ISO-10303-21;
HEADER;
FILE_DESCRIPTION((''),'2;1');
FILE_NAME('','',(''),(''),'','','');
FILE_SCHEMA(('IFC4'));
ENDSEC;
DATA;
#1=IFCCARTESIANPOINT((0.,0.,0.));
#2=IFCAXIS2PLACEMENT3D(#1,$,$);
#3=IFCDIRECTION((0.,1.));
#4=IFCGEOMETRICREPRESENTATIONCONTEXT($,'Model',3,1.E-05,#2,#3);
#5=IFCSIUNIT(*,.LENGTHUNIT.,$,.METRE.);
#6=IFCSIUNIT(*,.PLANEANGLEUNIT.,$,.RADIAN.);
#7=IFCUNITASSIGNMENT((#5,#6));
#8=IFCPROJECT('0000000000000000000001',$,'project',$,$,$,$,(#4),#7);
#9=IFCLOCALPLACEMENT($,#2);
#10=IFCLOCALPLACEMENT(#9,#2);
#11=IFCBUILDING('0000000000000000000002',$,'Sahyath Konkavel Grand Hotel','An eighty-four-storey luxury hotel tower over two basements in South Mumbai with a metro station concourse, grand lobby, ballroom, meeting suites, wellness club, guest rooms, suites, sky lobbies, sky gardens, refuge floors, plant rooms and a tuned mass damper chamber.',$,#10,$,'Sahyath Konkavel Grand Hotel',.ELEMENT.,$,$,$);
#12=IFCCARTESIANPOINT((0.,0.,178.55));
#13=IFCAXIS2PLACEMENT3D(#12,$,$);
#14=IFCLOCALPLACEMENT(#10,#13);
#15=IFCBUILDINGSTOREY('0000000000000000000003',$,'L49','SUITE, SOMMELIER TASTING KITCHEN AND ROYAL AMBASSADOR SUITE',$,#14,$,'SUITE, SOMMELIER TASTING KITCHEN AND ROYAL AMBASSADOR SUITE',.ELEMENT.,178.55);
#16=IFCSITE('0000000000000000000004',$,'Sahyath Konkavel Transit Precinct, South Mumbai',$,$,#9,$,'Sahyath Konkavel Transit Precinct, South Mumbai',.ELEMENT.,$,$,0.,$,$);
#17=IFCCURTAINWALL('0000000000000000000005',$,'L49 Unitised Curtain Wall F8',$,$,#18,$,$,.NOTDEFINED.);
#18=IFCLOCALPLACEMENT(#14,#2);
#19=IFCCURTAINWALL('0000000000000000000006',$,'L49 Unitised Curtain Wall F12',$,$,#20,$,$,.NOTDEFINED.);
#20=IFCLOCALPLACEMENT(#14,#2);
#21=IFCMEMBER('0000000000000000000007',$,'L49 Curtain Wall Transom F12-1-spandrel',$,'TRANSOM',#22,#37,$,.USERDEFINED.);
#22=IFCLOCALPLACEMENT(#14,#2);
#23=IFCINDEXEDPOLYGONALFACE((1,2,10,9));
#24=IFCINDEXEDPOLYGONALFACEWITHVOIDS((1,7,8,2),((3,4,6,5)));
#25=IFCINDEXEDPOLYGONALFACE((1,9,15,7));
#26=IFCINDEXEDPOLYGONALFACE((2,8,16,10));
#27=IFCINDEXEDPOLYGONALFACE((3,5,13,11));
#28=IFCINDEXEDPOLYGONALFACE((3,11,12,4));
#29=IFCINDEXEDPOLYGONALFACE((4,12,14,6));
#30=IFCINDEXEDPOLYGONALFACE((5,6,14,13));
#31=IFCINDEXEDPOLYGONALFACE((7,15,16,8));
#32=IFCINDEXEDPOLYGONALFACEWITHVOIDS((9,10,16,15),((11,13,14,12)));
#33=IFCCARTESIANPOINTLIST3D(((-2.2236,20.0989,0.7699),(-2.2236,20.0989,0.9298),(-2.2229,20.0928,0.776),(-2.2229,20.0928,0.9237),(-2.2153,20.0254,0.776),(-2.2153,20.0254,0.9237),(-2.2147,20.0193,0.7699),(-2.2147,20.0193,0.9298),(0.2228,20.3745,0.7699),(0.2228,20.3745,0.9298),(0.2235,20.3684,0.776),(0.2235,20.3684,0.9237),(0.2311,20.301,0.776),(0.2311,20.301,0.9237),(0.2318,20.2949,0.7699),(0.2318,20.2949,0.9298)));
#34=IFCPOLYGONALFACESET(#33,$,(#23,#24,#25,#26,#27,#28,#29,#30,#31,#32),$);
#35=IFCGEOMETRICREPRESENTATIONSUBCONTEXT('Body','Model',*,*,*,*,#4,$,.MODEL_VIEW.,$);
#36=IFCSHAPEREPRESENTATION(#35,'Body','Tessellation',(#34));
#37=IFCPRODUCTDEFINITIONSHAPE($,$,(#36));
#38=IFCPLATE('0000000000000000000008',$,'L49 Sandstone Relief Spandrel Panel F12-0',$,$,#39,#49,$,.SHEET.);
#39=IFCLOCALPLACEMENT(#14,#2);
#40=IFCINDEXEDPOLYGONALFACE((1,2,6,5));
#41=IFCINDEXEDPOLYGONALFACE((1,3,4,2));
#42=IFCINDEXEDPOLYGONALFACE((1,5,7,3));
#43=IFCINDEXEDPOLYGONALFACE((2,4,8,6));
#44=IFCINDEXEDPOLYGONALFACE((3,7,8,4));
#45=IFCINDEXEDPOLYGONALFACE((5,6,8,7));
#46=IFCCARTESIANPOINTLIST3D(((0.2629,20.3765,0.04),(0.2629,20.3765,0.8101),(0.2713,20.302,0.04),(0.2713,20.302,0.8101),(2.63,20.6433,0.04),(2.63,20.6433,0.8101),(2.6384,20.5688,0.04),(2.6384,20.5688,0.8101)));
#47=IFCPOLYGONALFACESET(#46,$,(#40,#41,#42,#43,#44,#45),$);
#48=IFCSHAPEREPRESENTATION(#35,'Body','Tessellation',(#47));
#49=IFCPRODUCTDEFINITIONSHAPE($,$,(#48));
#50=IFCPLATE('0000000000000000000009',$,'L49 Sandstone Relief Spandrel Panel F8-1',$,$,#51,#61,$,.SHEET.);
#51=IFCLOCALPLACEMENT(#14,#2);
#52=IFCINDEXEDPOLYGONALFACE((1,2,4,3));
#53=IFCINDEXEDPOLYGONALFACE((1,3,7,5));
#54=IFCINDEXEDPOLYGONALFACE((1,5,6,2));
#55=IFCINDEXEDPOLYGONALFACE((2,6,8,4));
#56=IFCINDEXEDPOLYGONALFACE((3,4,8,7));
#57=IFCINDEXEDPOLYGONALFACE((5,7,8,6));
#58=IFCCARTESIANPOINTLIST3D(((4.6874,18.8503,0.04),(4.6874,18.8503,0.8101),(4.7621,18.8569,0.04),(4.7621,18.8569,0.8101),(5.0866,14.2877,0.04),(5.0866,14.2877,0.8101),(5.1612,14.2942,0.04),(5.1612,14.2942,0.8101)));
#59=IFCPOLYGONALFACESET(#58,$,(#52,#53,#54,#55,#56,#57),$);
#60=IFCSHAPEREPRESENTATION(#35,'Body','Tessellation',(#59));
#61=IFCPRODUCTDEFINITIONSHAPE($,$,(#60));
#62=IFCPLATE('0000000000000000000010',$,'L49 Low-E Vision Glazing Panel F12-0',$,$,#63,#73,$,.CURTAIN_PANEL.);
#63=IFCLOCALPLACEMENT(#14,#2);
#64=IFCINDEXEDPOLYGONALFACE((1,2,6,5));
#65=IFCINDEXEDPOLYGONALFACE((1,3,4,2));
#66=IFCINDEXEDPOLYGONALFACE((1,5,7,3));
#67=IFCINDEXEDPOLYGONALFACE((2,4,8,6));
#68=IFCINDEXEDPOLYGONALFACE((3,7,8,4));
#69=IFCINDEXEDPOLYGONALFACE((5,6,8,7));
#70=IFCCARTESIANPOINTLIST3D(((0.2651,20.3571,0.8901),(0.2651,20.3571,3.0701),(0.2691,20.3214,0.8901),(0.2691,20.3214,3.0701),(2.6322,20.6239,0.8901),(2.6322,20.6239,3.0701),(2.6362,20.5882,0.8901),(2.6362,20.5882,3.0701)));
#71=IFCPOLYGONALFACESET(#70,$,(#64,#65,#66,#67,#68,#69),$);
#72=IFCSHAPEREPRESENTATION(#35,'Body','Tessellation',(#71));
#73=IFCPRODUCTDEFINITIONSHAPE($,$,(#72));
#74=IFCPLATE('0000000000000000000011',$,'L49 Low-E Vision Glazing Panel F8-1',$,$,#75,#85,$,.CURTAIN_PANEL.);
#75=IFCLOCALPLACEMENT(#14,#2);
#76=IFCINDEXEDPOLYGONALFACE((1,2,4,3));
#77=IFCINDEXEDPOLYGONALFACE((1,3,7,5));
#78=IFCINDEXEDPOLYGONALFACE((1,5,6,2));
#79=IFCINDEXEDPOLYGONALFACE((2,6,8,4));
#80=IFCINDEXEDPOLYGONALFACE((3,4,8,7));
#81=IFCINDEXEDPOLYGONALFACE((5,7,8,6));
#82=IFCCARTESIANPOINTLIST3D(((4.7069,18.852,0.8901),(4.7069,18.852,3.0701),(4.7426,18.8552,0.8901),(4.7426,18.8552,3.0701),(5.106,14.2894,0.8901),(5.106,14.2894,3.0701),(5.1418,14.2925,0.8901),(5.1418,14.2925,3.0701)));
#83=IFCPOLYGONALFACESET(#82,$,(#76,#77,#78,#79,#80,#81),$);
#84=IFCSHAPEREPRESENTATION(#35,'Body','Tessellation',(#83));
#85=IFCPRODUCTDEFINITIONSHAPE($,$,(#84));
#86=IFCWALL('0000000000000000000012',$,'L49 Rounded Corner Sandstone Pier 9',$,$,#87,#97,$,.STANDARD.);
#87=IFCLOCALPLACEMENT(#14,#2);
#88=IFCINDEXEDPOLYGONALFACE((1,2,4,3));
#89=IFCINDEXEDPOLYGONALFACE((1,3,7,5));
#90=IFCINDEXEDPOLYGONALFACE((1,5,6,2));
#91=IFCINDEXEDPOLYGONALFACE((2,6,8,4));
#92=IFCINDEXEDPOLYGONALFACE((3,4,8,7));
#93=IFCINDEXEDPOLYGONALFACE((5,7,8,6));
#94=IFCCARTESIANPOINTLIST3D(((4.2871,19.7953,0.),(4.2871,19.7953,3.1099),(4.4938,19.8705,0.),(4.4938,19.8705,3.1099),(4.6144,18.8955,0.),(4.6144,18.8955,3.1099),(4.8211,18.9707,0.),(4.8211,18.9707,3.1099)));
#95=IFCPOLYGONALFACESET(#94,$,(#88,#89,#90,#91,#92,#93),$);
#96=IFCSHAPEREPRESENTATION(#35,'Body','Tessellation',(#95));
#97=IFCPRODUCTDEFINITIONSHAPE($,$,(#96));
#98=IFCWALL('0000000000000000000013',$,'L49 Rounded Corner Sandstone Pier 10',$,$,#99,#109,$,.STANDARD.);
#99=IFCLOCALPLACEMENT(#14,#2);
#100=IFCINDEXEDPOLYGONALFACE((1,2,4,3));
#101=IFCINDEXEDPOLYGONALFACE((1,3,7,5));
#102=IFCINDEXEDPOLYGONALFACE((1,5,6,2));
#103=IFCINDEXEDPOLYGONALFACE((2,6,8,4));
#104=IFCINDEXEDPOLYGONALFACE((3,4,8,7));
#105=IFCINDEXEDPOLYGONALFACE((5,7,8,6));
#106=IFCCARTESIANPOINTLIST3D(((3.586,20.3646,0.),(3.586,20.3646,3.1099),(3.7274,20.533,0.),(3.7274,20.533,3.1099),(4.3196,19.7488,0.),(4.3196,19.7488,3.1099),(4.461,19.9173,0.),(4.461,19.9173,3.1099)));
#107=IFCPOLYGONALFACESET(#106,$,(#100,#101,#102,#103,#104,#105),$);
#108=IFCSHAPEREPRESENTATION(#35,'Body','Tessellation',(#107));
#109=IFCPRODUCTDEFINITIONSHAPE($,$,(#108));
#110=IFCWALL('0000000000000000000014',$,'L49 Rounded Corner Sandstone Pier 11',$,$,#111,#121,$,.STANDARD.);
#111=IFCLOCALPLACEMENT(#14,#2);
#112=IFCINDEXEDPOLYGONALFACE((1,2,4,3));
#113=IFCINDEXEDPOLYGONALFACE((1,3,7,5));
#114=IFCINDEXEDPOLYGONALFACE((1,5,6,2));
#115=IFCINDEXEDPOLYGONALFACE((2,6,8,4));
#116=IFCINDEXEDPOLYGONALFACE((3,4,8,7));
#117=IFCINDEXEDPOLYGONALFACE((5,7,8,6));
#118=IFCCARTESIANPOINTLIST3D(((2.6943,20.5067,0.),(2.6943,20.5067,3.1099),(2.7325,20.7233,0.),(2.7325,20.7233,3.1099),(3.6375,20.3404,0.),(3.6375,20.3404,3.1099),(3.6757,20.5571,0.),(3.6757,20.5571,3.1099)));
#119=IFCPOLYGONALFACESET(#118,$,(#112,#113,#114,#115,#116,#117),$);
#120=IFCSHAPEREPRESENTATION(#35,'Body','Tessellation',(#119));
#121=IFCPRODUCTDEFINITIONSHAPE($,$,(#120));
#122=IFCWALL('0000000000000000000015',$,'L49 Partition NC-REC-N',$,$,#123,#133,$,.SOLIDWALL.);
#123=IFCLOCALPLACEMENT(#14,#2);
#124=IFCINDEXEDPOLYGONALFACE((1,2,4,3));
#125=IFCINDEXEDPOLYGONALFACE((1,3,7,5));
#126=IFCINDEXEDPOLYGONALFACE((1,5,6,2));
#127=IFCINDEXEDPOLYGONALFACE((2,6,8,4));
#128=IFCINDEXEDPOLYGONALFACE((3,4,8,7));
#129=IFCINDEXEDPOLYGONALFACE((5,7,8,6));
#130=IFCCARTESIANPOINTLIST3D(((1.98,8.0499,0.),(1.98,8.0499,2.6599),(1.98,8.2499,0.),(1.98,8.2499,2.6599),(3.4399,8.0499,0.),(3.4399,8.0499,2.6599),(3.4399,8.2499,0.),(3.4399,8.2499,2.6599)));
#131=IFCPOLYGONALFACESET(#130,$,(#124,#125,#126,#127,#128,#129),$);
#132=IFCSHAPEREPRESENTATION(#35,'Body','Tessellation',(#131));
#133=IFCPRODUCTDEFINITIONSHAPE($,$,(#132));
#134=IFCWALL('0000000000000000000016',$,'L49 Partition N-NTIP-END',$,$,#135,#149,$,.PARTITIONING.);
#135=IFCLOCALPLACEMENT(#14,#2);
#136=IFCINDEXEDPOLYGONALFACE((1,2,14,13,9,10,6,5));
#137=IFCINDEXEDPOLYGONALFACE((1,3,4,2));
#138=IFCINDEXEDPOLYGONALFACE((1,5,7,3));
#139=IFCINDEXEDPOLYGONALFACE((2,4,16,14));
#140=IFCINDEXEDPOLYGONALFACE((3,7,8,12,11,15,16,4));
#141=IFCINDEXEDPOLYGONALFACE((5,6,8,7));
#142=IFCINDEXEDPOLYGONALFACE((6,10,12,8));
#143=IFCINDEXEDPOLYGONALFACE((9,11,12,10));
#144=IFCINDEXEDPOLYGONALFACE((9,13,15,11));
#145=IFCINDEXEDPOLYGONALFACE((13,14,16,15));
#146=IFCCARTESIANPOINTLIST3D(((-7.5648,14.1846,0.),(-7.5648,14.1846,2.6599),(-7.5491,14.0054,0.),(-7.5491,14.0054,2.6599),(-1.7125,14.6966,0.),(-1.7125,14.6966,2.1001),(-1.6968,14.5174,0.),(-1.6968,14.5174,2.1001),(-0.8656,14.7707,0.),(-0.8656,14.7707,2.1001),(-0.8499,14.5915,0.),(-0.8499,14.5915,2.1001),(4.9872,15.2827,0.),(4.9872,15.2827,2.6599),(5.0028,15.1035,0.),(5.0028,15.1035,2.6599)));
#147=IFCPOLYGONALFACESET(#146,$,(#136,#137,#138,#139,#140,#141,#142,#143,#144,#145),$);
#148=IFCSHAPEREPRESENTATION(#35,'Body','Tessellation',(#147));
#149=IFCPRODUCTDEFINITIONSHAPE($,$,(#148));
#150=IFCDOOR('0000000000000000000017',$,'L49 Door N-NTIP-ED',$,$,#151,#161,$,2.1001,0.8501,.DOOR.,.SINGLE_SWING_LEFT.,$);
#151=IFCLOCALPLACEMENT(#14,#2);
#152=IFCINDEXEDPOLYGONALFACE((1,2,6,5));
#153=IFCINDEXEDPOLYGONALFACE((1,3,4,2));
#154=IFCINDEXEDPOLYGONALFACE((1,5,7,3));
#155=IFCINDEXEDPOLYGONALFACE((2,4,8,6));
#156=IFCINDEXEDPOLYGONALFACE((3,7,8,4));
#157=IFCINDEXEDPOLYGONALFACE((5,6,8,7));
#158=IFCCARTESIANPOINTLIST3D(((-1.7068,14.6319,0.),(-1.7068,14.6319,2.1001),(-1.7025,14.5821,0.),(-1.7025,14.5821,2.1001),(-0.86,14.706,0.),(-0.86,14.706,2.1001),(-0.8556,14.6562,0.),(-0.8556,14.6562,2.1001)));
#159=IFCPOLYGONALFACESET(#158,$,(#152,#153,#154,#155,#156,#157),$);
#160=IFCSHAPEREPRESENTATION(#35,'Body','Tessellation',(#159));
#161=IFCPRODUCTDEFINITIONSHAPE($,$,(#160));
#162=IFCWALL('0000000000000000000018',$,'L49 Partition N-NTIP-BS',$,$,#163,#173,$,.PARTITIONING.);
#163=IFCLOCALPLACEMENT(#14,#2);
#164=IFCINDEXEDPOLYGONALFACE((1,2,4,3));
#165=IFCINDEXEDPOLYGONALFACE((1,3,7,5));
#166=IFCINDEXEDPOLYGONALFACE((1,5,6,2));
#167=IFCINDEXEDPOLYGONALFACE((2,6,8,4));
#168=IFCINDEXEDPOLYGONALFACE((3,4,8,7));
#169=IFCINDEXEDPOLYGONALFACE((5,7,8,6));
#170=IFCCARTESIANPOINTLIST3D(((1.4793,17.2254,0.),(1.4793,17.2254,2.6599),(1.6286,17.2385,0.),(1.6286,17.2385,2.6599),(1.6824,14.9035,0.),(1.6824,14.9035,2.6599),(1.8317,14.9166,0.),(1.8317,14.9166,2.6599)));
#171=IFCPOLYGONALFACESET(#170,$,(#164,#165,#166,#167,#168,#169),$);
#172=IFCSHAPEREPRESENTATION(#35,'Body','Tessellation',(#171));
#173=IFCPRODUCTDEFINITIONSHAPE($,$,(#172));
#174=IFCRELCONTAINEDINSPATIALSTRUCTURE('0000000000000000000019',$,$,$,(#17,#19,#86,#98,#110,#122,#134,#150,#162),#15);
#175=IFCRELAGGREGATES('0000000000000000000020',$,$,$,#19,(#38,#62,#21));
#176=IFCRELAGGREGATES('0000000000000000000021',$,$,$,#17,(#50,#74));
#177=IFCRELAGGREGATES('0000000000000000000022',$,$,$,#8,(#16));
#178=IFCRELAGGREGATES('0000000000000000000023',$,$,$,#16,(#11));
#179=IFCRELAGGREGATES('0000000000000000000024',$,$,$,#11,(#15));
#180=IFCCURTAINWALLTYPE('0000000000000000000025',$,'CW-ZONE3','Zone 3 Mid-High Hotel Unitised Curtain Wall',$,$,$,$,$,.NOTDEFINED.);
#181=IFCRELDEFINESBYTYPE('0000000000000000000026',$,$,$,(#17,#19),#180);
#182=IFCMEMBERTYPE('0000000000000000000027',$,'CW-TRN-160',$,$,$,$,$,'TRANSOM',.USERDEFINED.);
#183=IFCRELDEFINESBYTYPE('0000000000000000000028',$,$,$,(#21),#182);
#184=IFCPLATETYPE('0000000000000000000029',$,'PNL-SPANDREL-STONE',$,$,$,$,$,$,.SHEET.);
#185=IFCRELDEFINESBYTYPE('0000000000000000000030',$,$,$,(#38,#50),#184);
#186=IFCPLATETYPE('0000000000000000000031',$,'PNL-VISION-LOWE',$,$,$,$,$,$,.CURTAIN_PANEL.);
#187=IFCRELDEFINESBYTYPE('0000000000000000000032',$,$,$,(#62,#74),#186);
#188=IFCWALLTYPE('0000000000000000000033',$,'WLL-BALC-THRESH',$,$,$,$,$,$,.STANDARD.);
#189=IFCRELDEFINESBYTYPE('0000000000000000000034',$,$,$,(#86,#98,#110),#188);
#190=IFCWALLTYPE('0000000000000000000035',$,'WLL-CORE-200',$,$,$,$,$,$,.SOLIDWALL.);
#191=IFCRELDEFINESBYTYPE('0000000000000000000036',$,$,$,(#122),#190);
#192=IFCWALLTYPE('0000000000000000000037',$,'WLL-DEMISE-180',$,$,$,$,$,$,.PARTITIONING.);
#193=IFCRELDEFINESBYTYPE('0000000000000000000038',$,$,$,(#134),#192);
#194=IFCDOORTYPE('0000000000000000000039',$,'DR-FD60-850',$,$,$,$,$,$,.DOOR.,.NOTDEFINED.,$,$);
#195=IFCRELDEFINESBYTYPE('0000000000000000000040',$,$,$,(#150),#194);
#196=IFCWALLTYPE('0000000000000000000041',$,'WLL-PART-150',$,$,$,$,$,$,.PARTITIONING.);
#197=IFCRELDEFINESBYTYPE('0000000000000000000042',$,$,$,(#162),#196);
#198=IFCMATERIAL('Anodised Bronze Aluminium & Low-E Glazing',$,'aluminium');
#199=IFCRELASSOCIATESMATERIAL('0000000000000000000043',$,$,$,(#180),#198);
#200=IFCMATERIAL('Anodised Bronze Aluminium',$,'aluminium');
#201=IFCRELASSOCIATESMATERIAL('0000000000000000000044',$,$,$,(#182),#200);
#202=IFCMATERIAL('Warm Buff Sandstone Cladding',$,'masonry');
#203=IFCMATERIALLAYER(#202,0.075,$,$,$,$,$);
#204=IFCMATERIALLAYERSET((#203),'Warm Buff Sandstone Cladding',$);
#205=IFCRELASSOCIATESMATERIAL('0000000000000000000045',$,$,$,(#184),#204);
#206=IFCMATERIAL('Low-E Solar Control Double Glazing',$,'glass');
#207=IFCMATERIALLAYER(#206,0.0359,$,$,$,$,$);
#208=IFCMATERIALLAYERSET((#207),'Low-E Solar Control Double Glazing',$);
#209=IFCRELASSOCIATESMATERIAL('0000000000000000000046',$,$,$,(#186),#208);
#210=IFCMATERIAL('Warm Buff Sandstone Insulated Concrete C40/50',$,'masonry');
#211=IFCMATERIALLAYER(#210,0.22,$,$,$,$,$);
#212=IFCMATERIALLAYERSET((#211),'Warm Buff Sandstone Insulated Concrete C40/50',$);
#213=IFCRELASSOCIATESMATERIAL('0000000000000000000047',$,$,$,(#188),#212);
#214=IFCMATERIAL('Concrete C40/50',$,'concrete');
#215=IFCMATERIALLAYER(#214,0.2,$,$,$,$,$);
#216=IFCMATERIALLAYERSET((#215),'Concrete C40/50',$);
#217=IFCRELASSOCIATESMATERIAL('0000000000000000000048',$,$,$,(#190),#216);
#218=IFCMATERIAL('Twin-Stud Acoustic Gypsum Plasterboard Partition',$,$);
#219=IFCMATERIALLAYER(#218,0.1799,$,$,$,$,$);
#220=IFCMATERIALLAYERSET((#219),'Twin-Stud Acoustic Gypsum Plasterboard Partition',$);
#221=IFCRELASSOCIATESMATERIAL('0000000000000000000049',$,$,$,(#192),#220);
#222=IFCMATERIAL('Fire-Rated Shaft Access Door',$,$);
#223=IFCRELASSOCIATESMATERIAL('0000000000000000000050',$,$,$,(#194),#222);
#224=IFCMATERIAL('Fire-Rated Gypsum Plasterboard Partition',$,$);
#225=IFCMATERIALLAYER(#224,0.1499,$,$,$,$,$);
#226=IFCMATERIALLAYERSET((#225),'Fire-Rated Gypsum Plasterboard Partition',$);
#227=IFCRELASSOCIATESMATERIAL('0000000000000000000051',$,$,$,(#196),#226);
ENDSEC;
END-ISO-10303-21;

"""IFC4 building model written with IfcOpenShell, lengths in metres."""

from ifc_helpers import new_model, si_unit, direction, frame, frame_2d, origin, origin_2d, place, context, subcontext, project, spatial, rectangle, hollow_rectangle, extrude, source, transform, mapped, material, layer, layer_set, material_profile, profile_set, type_object, element, fill, aggregate, save


model = new_model("IFC4")

# Units and contexts
model_context = context("Model", 3, precision=1e-05, world=origin(), true_north=direction((0.0, 1.0)))
body_context = subcontext(model_context, "Body", "Model", "MODEL_VIEW")
ifc_project = project(units=[si_unit("LENGTHUNIT", "METRE"), si_unit("PLANEANGLEUNIT", "RADIAN")], contexts=[model_context])

# Site, building, storey
site_placement = place(None, origin())
site = spatial("IfcSite", under=ifc_project, at=site_placement, Name="Sahyath Konkavel Transit Precinct, South Mumbai", LongName="Sahyath Konkavel Transit Precinct, South Mumbai", CompositionType="ELEMENT", RefElevation=0.0)
building_placement = place(site_placement, origin())
building = spatial("IfcBuilding", under=site, at=building_placement, Name="Sahyath Konkavel Grand Hotel", Description="An eighty-four-storey luxury hotel tower over two basements in South Mumbai with a metro station concourse, grand lobby, ballroom, meeting suites, wellness club, guest rooms, suites, sky lobbies, sky gardens, refuge floors, plant rooms and a tuned mass damper chamber.", LongName="Sahyath Konkavel Grand Hotel", CompositionType="ELEMENT")
storey_placement = place(building_placement, frame((0.0, 0.0, 178.55)))
storey = spatial("IfcBuildingStorey", under=building, at=storey_placement, Name="L49", Description="SUITE, SOMMELIER TASTING KITCHEN AND ROYAL AMBASSADOR SUITE", LongName="SUITE, SOMMELIER TASTING KITCHEN AND ROYAL AMBASSADOR SUITE", CompositionType="ELEMENT", Elevation=178.55)

# Shared definitions
ifc_material_1 = material(Name="Concrete C40/50", Category="concrete")

# Curtain wall
ifc_material_2 = material(Name="Anodised Bronze Aluminium & Low-E Glazing", Category="aluminium")
curtain_wall_type = type_object("IfcCurtainWallType", Name="CW-ZONE3", Description="Zone 3 Mid-High Hotel Unitised Curtain Wall", PredefinedType="NOTDEFINED", material=ifc_material_2)
curtain_wall_1_placement = place(storey_placement, origin())
curtain_wall_1 = element("IfcCurtainWall", 1, at=curtain_wall_1_placement, inside=storey, type_object=curtain_wall_type, Name="L49 Unitised Curtain Wall F8", PredefinedType="NOTDEFINED")
ifc_material_3 = material(Name="Anodised Bronze Aluminium", Category="aluminium")

# Curtain wall, member, plate
curtain_wall_2_placement = place(storey_placement, origin())
curtain_wall_2 = element("IfcCurtainWall", 2, at=curtain_wall_2_placement, inside=storey, type_object=curtain_wall_type, Name="L49 Unitised Curtain Wall F12", PredefinedType="NOTDEFINED")
ifc_material_profile_1 = material_profile(ifc_material_3, hollow_rectangle(XDim=0.0801, YDim=0.1599, WallThickness=0.0061, at=origin_2d()), Name="RHS 160x80x6")
ifc_profile_set_1 = profile_set([ifc_material_profile_1], Name="Anodised Bronze Aluminium")
member_type_1 = type_object("IfcMemberType", Name="CW-TRN-160", ElementType="TRANSOM", PredefinedType="USERDEFINED", material=ifc_profile_set_1)
shared_shape_1 = source(origin(), body_context, "Body", "SweptSolid", [
    extrude(hollow_rectangle(XDim=0.0801, YDim=0.1599, WallThickness=0.0061, at=origin_2d()), origin(), (0.0, 0.0, 1.0), 2.4619),
])
member_1_placement = place(storey_placement, frame((0.2273, 20.3347, 0.8499), z_axis=(-0.993713, -0.111955, 0.0), x_axis=(0.111955, -0.993713, 0.0)))
member_1 = element("IfcMember", 3, at=member_1_placement, type_object=member_type_1, Name="L49 Curtain Wall Transom F12-1-spandrel", ObjectType="TRANSOM", PredefinedType="USERDEFINED", context=body_context, shape_type="MappedRepresentation", body=[
    mapped(shared_shape_1, transform((0.0, 0.0, 0.0), scale=1.0)),
])
ifc_material_4 = material(Name="Warm Buff Sandstone Cladding", Category="masonry")
ifc_layer_1 = layer(ifc_material_4, 0.075)
ifc_layer_set_1 = layer_set([ifc_layer_1], Name="Warm Buff Sandstone Cladding")
plate_type_1 = type_object("IfcPlateType", Name="PNL-SPANDREL-STONE", PredefinedType="SHEET", material=ifc_layer_set_1)
shared_shape_2 = source(origin(), body_context, "Body", "SweptSolid", [
    extrude(rectangle(XDim=2.3821, YDim=0.075, at=origin_2d()), origin(), (0.0, 0.0, 1.0), 0.77),
])
plate_1_placement = place(storey_placement, frame((1.4507, 20.4727, 0.04), z_axis=(0.0, 0.0, 1.0), x_axis=(-0.993707, -0.112007, 0.0)))
plate_1 = element("IfcPlate", 4, at=plate_1_placement, type_object=plate_type_1, Name="L49 Sandstone Relief Spandrel Panel F12-0", PredefinedType="SHEET", context=body_context, shape_type="MappedRepresentation", body=[
    mapped(shared_shape_2, transform((0.0, 0.0, 0.0), scale=1.0)),
])

# Plates
shared_shape_3 = source(origin(), body_context, "Body", "SweptSolid", [
    extrude(rectangle(XDim=4.5801, YDim=0.075, at=origin_2d()), origin(), (0.0, 0.0, 1.0), 0.77),
])
plate_2_placement = place(storey_placement, frame((4.9243, 16.5723, 0.04), z_axis=(0.0, 0.0, 1.0), x_axis=(-0.087156, 0.996195, 0.0)))
plate_2 = element("IfcPlate", 5, at=plate_2_placement, type_object=plate_type_1, Name="L49 Sandstone Relief Spandrel Panel F8-1", PredefinedType="SHEET", context=body_context, shape_type="MappedRepresentation", body=[
    mapped(shared_shape_3, transform((0.0, 0.0, 0.0), scale=1.0)),
])
ifc_material_5 = material(Name="Low-E Solar Control Double Glazing", Category="glass")
ifc_layer_2 = layer(ifc_material_5, 0.0359)
ifc_layer_set_2 = layer_set([ifc_layer_2], Name="Low-E Solar Control Double Glazing")
plate_type_2 = type_object("IfcPlateType", Name="PNL-VISION-LOWE", PredefinedType="CURTAIN_PANEL", material=ifc_layer_set_2)
shared_shape_4 = source(origin(), body_context, "Body", "SweptSolid", [
    extrude(rectangle(XDim=2.3821, YDim=0.0359, at=origin_2d()), origin(), (0.0, 0.0, 1.0), 2.1799),
])
plate_3_placement = place(storey_placement, frame((1.4507, 20.4727, 0.8901), z_axis=(0.0, 0.0, 1.0), x_axis=(-0.993707, -0.112007, 0.0)))
plate_3 = element("IfcPlate", 6, at=plate_3_placement, type_object=plate_type_2, Name="L49 Low-E Vision Glazing Panel F12-0", PredefinedType="CURTAIN_PANEL", context=body_context, shape_type="MappedRepresentation", body=[
    mapped(shared_shape_4, transform((0.0, 0.0, 0.0), scale=1.0)),
])
aggregate(curtain_wall_2, [plate_1, plate_3, member_1])
shared_shape_5 = source(origin(), body_context, "Body", "SweptSolid", [
    extrude(rectangle(XDim=4.5801, YDim=0.0359, at=origin_2d()), origin(), (0.0, 0.0, 1.0), 2.1799),
])
plate_4_placement = place(storey_placement, frame((4.9243, 16.5723, 0.8901), z_axis=(0.0, 0.0, 1.0), x_axis=(-0.087156, 0.996195, 0.0)))
plate_4 = element("IfcPlate", 7, at=plate_4_placement, type_object=plate_type_2, Name="L49 Low-E Vision Glazing Panel F8-1", PredefinedType="CURTAIN_PANEL", context=body_context, shape_type="MappedRepresentation", body=[
    mapped(shared_shape_5, transform((0.0, 0.0, 0.0), scale=1.0)),
])
aggregate(curtain_wall_1, [plate_2, plate_4])

# Walls
ifc_material_6 = material(Name="Warm Buff Sandstone Insulated Concrete C40/50", Category="masonry")
ifc_layer_3 = layer(ifc_material_6, 0.22)
ifc_layer_set_3 = layer_set([ifc_layer_3], Name="Warm Buff Sandstone Insulated Concrete C40/50")
wall_type_1 = type_object("IfcWallType", Name="WLL-BALC-THRESH", PredefinedType="STANDARD", material=ifc_layer_set_3)
wall_1_placement = place(storey_placement, frame((4.7178, 18.9331, 0.0), z_axis=(0.0, 0.0, 1.0), x_axis=(-0.341886, 0.939741, 0.0)))
element("IfcWall", 8, at=wall_1_placement, inside=storey, type_object=wall_type_1, Name="L49 Rounded Corner Sandstone Pier 9", PredefinedType="STANDARD", context=body_context, shape_type="SweptSolid", body=[
    extrude(rectangle(XDim=0.9575, YDim=0.22, at=frame_2d((0.4788, 0.0))), origin(), (0.0, 0.0, 1.0), 3.1099),
])
for number, where, z_axis, x_axis, name in (
    (9, (4.3904, 19.833, 0.0), (0.0, 0.0, 1.0), (-0.765981, 0.642863, 0.0), "L49 Rounded Corner Sandstone Pier 10"),
    (10, (3.6567, 20.4487, 0.0), (0.0, 0.0, 1.0), (-0.984814, 0.173611, 0.0), "L49 Rounded Corner Sandstone Pier 11"),
):
    element("IfcWall", number, at=place(storey_placement, frame(where, z_axis=z_axis, x_axis=x_axis)), inside=storey, type_object=wall_type_1, Name=name, PredefinedType="STANDARD", context=body_context, shape_type="SweptSolid", body=[
        extrude(rectangle(XDim=0.9578, YDim=0.22, at=frame_2d((0.479, 0.0))), origin(), (0.0, 0.0, 1.0), 3.1099),
    ])
ifc_layer_4 = layer(ifc_material_1, 0.2)
ifc_layer_set_4 = layer_set([ifc_layer_4], Name="Concrete C40/50")
wall_type_2 = type_object("IfcWallType", Name="WLL-CORE-200", PredefinedType="SOLIDWALL", material=ifc_layer_set_4)
wall_2_placement = place(storey_placement, frame((1.98, 8.1499, 0.0), z_axis=(0.0, 0.0, 1.0), x_axis=(1.0, 0.0, 0.0)))
element("IfcWall", 11, at=wall_2_placement, inside=storey, type_object=wall_type_2, Name="L49 Partition NC-REC-N", PredefinedType="SOLIDWALL", context=body_context, shape_type="SweptSolid", body=[
    extrude(rectangle(XDim=1.46, YDim=0.2, at=frame_2d((0.73, 0.0))), origin(), (0.0, 0.0, 1.0), 2.6599),
])

# Wall, opening, door
ifc_material_7 = material(Name="Twin-Stud Acoustic Gypsum Plasterboard Partition")
ifc_layer_5 = layer(ifc_material_7, 0.1799)
ifc_layer_set_5 = layer_set([ifc_layer_5], Name="Twin-Stud Acoustic Gypsum Plasterboard Partition")
wall_type_3 = type_object("IfcWallType", Name="WLL-DEMISE-180", PredefinedType="PARTITIONING", material=ifc_layer_set_5)
wall_3_placement = place(storey_placement, frame((4.9949, 15.1931, 0.0), z_axis=(0.0, 0.0, 1.0), x_axis=(-0.996195, -0.087155, 0.0)))
wall_3 = element("IfcWall", 12, at=wall_3_placement, inside=storey, type_object=wall_type_3, Name="L49 Partition N-NTIP-END", PredefinedType="PARTITIONING", context=body_context, shape_type="SweptSolid", body=[
    extrude(rectangle(XDim=12.5999, YDim=0.1799, at=frame_2d((6.2998, 0.0))), origin(), (0.0, 0.0, 1.0), 2.6599),
])
opening_1_placement = place(wall_3_placement, frame((5.875, 0.0, 0.0)))
opening_1 = element("IfcOpeningElement", 13, at=opening_1_placement, cuts=wall_3, PredefinedType="OPENING", context=body_context, shape_type="SweptSolid", body=[
    extrude(rectangle(XDim=0.8501, YDim=2.1001, at=frame_2d((0.425, 1.05))), frame((0.0, 0.1001, 0.0), z_axis=(0.0, -1.0, 0.0), x_axis=(1.0, 0.0, 0.0)), (0.0, 0.0, 1.0), 0.2),
])
ifc_material_8 = material(Name="Fire-Rated Shaft Access Door")
door_type_1 = type_object("IfcDoorType", Name="DR-FD60-850", OperationType="NOTDEFINED", PredefinedType="DOOR", material=ifc_material_8)
shared_shape_6 = source(origin(), body_context, "Body", "SweptSolid", [
    extrude(rectangle(XDim=0.8501, YDim=0.05, at=origin_2d()), origin(), (0.0, 0.0, 1.0), 2.1001),
])
door_1_placement = place(opening_1_placement, frame((0.425, 0.0, 0.0)))
door_1 = element("IfcDoor", 14, at=door_1_placement, inside=storey, type_object=door_type_1, Name="L49 Door N-NTIP-ED", OperationType="SINGLE_SWING_LEFT", OverallHeight=2.1001, OverallWidth=0.8501, PredefinedType="DOOR", context=body_context, shape_type="MappedRepresentation", body=[
    mapped(shared_shape_6, transform((0.0, 0.0, 0.0), scale=1.0)),
])
fill(opening_1, door_1)

# Wall
ifc_material_9 = material(Name="Fire-Rated Gypsum Plasterboard Partition")
ifc_layer_6 = layer(ifc_material_9, 0.1499)
ifc_layer_set_6 = layer_set([ifc_layer_6], Name="Fire-Rated Gypsum Plasterboard Partition")
wall_type_4 = type_object("IfcWallType", Name="WLL-PART-150", PredefinedType="PARTITIONING", material=ifc_layer_set_6)
wall_4_placement = place(storey_placement, frame((1.7571, 14.9099, 0.0), z_axis=(0.0, 0.0, 1.0), x_axis=(-0.087145, 0.996196, 0.0)))
element("IfcWall", 15, at=wall_4_placement, inside=storey, type_object=wall_type_4, Name="L49 Partition N-NTIP-BS", PredefinedType="PARTITIONING", context=body_context, shape_type="SweptSolid", body=[
    extrude(rectangle(XDim=2.3308, YDim=0.1499, at=frame_2d((1.1655, 0.0))), origin(), (0.0, 0.0, 1.0), 2.6599),
])

save(model, "model.ifc")
